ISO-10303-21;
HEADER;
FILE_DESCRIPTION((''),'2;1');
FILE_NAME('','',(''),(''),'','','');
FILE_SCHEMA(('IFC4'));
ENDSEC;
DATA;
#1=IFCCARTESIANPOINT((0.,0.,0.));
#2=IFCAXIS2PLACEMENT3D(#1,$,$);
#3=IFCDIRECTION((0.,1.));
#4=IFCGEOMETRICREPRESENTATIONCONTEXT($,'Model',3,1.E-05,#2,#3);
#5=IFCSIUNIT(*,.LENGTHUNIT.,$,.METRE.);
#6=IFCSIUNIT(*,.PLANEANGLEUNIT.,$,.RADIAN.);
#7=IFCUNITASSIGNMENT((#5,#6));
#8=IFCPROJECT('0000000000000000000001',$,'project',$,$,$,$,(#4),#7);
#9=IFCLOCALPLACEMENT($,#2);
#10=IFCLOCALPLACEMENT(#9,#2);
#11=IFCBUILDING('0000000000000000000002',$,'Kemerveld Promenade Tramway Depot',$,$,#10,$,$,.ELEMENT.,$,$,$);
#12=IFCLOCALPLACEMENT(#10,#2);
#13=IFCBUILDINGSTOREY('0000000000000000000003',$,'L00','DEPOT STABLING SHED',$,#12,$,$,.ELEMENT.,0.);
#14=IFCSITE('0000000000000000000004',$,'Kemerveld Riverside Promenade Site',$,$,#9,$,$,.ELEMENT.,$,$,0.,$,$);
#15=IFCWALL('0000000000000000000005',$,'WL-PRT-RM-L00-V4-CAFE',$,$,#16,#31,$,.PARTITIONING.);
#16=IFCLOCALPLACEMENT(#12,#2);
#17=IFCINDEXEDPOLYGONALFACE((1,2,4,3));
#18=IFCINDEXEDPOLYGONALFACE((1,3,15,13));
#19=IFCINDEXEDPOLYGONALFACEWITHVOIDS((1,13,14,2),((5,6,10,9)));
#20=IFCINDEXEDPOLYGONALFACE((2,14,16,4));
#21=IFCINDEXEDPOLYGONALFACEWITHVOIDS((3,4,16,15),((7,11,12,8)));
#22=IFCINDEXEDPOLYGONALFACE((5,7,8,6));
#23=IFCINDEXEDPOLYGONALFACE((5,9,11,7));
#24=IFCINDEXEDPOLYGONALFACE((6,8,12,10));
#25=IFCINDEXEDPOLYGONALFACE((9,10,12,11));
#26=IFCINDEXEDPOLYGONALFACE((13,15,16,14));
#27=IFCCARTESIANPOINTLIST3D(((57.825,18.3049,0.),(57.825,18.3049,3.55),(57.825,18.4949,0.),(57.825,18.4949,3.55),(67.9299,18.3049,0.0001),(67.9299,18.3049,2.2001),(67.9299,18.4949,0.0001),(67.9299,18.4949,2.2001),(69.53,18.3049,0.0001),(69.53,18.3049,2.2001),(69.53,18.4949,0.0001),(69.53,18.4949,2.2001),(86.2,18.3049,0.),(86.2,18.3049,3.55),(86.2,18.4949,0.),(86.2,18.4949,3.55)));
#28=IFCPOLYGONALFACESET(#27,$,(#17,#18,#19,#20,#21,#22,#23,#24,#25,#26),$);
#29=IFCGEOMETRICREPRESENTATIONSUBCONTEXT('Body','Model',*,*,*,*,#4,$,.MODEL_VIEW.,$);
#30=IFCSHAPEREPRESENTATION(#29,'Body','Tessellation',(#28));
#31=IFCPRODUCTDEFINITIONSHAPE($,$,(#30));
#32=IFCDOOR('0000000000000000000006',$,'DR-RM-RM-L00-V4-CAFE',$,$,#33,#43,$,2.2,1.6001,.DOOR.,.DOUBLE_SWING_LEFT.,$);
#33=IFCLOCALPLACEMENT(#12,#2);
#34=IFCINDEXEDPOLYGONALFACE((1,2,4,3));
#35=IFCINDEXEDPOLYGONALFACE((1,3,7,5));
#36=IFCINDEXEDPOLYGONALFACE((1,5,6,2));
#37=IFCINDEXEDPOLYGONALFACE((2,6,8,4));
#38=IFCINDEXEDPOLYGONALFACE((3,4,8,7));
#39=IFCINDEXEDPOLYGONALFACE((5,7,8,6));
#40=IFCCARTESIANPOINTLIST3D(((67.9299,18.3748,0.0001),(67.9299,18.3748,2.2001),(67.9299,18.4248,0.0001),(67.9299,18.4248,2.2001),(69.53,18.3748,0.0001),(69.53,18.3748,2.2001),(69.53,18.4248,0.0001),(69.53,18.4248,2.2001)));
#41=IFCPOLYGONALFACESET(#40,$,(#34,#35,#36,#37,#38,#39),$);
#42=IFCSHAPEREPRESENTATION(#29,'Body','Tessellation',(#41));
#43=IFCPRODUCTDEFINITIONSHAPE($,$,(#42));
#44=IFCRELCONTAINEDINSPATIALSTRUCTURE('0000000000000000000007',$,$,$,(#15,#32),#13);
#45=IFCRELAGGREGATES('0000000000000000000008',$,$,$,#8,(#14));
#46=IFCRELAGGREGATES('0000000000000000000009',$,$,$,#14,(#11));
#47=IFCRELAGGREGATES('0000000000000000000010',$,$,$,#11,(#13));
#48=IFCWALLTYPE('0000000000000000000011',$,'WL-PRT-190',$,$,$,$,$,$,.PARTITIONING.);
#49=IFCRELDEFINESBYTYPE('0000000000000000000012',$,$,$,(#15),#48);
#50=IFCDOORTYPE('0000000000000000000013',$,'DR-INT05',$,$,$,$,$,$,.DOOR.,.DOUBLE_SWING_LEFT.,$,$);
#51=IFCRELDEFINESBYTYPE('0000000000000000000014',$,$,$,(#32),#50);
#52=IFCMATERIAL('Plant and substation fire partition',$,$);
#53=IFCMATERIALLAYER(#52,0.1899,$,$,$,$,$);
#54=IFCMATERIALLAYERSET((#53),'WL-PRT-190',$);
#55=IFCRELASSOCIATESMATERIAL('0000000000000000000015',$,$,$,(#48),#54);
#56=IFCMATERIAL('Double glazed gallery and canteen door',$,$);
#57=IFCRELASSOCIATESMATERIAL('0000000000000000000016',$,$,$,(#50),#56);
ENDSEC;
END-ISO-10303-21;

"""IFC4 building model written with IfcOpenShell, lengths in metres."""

from ifc_helpers import new_model, si_unit, direction, frame, frame_2d, origin, place, context, subcontext, project, spatial, rectangle, extrude, material, layer, layer_set, type_object, element, fill, save


model = new_model("IFC4")

# Units and contexts
model_context = context("Model", 3, precision=1e-05, world=origin(), true_north=direction((0.0, 1.0)))
body_context = subcontext(model_context, "Body", "Model", "MODEL_VIEW")
ifc_project = project(units=[si_unit("LENGTHUNIT", "METRE"), si_unit("PLANEANGLEUNIT", "RADIAN")], contexts=[model_context])

# Site, building, storey
site_placement = place(None, origin())
site = spatial("IfcSite", under=ifc_project, at=site_placement, Name="Kemerveld Riverside Promenade Site", CompositionType="ELEMENT", RefElevation=0.0)
building_placement = place(site_placement, origin())
building = spatial("IfcBuilding", under=site, at=building_placement, Name="Kemerveld Promenade Tramway Depot", CompositionType="ELEMENT")
storey_placement = place(building_placement, origin())
storey = spatial("IfcBuildingStorey", under=building, at=storey_placement, Name="L00", Description="DEPOT STABLING SHED", CompositionType="ELEMENT", Elevation=0.0)

# Wall, opening, door
ifc_material_1 = material(Name="Plant and substation fire partition")
ifc_layer_1 = layer(ifc_material_1, 0.1899)
ifc_layer_set_1 = layer_set([ifc_layer_1], Name="WL-PRT-190")
wall_type_1 = type_object("IfcWallType", Name="WL-PRT-190", PredefinedType="PARTITIONING", material=ifc_layer_set_1)
wall_1_placement = place(storey_placement, frame((57.825, 18.3999, 0.0), z_axis=(0.0, 0.0, 1.0), x_axis=(1.0, 0.0, 0.0)))
wall_1 = element("IfcWall", 1, at=wall_1_placement, inside=storey, type_object=wall_type_1, Name="WL-PRT-RM-L00-V4-CAFE", PredefinedType="PARTITIONING", context=body_context, shape_type="SweptSolid", body=[
    extrude(rectangle(XDim=28.375, YDim=0.1899, at=frame_2d((14.1875, 0.0))), origin(), (0.0, 0.0, 1.0), 3.55),
])
opening_1_placement = place(wall_1_placement, frame((10.105, 0.0, 0.0)))
opening_1 = element("IfcOpeningElement", 2, at=opening_1_placement, cuts=wall_1, PredefinedType="OPENING", context=body_context, shape_type="SweptSolid", body=[
    extrude(rectangle(XDim=1.6001, YDim=2.2, at=frame_2d((0.8, 1.1001))), frame((0.0, 0.105, 0.0), z_axis=(0.0, -1.0, 0.0), x_axis=(1.0, 0.0, 0.0)), (0.0, 0.0, 1.0), 0.21),
])
ifc_material_2 = material(Name="Double glazed gallery and canteen door")
door_type_1 = type_object("IfcDoorType", Name="DR-INT05", OperationType="DOUBLE_SWING_LEFT", PredefinedType="DOOR", material=ifc_material_2)
door_1_placement = place(opening_1_placement, origin())
door_1 = element("IfcDoor", 3, at=door_1_placement, inside=storey, type_object=door_type_1, Name="DR-RM-RM-L00-V4-CAFE", OperationType="DOUBLE_SWING_LEFT", OverallHeight=2.2, OverallWidth=1.6001, PredefinedType="DOOR", context=body_context, shape_type="SweptSolid", body=[
    extrude(rectangle(XDim=1.6001, YDim=2.2, at=frame_2d((0.8, 1.1001))), frame((0.0, 0.0249, 0.0), z_axis=(0.0, -1.0, 0.0), x_axis=(1.0, 0.0, 0.0)), (0.0, 0.0, 1.0), 0.05),
])
fill(opening_1, door_1)

save(model, "model.ifc")
